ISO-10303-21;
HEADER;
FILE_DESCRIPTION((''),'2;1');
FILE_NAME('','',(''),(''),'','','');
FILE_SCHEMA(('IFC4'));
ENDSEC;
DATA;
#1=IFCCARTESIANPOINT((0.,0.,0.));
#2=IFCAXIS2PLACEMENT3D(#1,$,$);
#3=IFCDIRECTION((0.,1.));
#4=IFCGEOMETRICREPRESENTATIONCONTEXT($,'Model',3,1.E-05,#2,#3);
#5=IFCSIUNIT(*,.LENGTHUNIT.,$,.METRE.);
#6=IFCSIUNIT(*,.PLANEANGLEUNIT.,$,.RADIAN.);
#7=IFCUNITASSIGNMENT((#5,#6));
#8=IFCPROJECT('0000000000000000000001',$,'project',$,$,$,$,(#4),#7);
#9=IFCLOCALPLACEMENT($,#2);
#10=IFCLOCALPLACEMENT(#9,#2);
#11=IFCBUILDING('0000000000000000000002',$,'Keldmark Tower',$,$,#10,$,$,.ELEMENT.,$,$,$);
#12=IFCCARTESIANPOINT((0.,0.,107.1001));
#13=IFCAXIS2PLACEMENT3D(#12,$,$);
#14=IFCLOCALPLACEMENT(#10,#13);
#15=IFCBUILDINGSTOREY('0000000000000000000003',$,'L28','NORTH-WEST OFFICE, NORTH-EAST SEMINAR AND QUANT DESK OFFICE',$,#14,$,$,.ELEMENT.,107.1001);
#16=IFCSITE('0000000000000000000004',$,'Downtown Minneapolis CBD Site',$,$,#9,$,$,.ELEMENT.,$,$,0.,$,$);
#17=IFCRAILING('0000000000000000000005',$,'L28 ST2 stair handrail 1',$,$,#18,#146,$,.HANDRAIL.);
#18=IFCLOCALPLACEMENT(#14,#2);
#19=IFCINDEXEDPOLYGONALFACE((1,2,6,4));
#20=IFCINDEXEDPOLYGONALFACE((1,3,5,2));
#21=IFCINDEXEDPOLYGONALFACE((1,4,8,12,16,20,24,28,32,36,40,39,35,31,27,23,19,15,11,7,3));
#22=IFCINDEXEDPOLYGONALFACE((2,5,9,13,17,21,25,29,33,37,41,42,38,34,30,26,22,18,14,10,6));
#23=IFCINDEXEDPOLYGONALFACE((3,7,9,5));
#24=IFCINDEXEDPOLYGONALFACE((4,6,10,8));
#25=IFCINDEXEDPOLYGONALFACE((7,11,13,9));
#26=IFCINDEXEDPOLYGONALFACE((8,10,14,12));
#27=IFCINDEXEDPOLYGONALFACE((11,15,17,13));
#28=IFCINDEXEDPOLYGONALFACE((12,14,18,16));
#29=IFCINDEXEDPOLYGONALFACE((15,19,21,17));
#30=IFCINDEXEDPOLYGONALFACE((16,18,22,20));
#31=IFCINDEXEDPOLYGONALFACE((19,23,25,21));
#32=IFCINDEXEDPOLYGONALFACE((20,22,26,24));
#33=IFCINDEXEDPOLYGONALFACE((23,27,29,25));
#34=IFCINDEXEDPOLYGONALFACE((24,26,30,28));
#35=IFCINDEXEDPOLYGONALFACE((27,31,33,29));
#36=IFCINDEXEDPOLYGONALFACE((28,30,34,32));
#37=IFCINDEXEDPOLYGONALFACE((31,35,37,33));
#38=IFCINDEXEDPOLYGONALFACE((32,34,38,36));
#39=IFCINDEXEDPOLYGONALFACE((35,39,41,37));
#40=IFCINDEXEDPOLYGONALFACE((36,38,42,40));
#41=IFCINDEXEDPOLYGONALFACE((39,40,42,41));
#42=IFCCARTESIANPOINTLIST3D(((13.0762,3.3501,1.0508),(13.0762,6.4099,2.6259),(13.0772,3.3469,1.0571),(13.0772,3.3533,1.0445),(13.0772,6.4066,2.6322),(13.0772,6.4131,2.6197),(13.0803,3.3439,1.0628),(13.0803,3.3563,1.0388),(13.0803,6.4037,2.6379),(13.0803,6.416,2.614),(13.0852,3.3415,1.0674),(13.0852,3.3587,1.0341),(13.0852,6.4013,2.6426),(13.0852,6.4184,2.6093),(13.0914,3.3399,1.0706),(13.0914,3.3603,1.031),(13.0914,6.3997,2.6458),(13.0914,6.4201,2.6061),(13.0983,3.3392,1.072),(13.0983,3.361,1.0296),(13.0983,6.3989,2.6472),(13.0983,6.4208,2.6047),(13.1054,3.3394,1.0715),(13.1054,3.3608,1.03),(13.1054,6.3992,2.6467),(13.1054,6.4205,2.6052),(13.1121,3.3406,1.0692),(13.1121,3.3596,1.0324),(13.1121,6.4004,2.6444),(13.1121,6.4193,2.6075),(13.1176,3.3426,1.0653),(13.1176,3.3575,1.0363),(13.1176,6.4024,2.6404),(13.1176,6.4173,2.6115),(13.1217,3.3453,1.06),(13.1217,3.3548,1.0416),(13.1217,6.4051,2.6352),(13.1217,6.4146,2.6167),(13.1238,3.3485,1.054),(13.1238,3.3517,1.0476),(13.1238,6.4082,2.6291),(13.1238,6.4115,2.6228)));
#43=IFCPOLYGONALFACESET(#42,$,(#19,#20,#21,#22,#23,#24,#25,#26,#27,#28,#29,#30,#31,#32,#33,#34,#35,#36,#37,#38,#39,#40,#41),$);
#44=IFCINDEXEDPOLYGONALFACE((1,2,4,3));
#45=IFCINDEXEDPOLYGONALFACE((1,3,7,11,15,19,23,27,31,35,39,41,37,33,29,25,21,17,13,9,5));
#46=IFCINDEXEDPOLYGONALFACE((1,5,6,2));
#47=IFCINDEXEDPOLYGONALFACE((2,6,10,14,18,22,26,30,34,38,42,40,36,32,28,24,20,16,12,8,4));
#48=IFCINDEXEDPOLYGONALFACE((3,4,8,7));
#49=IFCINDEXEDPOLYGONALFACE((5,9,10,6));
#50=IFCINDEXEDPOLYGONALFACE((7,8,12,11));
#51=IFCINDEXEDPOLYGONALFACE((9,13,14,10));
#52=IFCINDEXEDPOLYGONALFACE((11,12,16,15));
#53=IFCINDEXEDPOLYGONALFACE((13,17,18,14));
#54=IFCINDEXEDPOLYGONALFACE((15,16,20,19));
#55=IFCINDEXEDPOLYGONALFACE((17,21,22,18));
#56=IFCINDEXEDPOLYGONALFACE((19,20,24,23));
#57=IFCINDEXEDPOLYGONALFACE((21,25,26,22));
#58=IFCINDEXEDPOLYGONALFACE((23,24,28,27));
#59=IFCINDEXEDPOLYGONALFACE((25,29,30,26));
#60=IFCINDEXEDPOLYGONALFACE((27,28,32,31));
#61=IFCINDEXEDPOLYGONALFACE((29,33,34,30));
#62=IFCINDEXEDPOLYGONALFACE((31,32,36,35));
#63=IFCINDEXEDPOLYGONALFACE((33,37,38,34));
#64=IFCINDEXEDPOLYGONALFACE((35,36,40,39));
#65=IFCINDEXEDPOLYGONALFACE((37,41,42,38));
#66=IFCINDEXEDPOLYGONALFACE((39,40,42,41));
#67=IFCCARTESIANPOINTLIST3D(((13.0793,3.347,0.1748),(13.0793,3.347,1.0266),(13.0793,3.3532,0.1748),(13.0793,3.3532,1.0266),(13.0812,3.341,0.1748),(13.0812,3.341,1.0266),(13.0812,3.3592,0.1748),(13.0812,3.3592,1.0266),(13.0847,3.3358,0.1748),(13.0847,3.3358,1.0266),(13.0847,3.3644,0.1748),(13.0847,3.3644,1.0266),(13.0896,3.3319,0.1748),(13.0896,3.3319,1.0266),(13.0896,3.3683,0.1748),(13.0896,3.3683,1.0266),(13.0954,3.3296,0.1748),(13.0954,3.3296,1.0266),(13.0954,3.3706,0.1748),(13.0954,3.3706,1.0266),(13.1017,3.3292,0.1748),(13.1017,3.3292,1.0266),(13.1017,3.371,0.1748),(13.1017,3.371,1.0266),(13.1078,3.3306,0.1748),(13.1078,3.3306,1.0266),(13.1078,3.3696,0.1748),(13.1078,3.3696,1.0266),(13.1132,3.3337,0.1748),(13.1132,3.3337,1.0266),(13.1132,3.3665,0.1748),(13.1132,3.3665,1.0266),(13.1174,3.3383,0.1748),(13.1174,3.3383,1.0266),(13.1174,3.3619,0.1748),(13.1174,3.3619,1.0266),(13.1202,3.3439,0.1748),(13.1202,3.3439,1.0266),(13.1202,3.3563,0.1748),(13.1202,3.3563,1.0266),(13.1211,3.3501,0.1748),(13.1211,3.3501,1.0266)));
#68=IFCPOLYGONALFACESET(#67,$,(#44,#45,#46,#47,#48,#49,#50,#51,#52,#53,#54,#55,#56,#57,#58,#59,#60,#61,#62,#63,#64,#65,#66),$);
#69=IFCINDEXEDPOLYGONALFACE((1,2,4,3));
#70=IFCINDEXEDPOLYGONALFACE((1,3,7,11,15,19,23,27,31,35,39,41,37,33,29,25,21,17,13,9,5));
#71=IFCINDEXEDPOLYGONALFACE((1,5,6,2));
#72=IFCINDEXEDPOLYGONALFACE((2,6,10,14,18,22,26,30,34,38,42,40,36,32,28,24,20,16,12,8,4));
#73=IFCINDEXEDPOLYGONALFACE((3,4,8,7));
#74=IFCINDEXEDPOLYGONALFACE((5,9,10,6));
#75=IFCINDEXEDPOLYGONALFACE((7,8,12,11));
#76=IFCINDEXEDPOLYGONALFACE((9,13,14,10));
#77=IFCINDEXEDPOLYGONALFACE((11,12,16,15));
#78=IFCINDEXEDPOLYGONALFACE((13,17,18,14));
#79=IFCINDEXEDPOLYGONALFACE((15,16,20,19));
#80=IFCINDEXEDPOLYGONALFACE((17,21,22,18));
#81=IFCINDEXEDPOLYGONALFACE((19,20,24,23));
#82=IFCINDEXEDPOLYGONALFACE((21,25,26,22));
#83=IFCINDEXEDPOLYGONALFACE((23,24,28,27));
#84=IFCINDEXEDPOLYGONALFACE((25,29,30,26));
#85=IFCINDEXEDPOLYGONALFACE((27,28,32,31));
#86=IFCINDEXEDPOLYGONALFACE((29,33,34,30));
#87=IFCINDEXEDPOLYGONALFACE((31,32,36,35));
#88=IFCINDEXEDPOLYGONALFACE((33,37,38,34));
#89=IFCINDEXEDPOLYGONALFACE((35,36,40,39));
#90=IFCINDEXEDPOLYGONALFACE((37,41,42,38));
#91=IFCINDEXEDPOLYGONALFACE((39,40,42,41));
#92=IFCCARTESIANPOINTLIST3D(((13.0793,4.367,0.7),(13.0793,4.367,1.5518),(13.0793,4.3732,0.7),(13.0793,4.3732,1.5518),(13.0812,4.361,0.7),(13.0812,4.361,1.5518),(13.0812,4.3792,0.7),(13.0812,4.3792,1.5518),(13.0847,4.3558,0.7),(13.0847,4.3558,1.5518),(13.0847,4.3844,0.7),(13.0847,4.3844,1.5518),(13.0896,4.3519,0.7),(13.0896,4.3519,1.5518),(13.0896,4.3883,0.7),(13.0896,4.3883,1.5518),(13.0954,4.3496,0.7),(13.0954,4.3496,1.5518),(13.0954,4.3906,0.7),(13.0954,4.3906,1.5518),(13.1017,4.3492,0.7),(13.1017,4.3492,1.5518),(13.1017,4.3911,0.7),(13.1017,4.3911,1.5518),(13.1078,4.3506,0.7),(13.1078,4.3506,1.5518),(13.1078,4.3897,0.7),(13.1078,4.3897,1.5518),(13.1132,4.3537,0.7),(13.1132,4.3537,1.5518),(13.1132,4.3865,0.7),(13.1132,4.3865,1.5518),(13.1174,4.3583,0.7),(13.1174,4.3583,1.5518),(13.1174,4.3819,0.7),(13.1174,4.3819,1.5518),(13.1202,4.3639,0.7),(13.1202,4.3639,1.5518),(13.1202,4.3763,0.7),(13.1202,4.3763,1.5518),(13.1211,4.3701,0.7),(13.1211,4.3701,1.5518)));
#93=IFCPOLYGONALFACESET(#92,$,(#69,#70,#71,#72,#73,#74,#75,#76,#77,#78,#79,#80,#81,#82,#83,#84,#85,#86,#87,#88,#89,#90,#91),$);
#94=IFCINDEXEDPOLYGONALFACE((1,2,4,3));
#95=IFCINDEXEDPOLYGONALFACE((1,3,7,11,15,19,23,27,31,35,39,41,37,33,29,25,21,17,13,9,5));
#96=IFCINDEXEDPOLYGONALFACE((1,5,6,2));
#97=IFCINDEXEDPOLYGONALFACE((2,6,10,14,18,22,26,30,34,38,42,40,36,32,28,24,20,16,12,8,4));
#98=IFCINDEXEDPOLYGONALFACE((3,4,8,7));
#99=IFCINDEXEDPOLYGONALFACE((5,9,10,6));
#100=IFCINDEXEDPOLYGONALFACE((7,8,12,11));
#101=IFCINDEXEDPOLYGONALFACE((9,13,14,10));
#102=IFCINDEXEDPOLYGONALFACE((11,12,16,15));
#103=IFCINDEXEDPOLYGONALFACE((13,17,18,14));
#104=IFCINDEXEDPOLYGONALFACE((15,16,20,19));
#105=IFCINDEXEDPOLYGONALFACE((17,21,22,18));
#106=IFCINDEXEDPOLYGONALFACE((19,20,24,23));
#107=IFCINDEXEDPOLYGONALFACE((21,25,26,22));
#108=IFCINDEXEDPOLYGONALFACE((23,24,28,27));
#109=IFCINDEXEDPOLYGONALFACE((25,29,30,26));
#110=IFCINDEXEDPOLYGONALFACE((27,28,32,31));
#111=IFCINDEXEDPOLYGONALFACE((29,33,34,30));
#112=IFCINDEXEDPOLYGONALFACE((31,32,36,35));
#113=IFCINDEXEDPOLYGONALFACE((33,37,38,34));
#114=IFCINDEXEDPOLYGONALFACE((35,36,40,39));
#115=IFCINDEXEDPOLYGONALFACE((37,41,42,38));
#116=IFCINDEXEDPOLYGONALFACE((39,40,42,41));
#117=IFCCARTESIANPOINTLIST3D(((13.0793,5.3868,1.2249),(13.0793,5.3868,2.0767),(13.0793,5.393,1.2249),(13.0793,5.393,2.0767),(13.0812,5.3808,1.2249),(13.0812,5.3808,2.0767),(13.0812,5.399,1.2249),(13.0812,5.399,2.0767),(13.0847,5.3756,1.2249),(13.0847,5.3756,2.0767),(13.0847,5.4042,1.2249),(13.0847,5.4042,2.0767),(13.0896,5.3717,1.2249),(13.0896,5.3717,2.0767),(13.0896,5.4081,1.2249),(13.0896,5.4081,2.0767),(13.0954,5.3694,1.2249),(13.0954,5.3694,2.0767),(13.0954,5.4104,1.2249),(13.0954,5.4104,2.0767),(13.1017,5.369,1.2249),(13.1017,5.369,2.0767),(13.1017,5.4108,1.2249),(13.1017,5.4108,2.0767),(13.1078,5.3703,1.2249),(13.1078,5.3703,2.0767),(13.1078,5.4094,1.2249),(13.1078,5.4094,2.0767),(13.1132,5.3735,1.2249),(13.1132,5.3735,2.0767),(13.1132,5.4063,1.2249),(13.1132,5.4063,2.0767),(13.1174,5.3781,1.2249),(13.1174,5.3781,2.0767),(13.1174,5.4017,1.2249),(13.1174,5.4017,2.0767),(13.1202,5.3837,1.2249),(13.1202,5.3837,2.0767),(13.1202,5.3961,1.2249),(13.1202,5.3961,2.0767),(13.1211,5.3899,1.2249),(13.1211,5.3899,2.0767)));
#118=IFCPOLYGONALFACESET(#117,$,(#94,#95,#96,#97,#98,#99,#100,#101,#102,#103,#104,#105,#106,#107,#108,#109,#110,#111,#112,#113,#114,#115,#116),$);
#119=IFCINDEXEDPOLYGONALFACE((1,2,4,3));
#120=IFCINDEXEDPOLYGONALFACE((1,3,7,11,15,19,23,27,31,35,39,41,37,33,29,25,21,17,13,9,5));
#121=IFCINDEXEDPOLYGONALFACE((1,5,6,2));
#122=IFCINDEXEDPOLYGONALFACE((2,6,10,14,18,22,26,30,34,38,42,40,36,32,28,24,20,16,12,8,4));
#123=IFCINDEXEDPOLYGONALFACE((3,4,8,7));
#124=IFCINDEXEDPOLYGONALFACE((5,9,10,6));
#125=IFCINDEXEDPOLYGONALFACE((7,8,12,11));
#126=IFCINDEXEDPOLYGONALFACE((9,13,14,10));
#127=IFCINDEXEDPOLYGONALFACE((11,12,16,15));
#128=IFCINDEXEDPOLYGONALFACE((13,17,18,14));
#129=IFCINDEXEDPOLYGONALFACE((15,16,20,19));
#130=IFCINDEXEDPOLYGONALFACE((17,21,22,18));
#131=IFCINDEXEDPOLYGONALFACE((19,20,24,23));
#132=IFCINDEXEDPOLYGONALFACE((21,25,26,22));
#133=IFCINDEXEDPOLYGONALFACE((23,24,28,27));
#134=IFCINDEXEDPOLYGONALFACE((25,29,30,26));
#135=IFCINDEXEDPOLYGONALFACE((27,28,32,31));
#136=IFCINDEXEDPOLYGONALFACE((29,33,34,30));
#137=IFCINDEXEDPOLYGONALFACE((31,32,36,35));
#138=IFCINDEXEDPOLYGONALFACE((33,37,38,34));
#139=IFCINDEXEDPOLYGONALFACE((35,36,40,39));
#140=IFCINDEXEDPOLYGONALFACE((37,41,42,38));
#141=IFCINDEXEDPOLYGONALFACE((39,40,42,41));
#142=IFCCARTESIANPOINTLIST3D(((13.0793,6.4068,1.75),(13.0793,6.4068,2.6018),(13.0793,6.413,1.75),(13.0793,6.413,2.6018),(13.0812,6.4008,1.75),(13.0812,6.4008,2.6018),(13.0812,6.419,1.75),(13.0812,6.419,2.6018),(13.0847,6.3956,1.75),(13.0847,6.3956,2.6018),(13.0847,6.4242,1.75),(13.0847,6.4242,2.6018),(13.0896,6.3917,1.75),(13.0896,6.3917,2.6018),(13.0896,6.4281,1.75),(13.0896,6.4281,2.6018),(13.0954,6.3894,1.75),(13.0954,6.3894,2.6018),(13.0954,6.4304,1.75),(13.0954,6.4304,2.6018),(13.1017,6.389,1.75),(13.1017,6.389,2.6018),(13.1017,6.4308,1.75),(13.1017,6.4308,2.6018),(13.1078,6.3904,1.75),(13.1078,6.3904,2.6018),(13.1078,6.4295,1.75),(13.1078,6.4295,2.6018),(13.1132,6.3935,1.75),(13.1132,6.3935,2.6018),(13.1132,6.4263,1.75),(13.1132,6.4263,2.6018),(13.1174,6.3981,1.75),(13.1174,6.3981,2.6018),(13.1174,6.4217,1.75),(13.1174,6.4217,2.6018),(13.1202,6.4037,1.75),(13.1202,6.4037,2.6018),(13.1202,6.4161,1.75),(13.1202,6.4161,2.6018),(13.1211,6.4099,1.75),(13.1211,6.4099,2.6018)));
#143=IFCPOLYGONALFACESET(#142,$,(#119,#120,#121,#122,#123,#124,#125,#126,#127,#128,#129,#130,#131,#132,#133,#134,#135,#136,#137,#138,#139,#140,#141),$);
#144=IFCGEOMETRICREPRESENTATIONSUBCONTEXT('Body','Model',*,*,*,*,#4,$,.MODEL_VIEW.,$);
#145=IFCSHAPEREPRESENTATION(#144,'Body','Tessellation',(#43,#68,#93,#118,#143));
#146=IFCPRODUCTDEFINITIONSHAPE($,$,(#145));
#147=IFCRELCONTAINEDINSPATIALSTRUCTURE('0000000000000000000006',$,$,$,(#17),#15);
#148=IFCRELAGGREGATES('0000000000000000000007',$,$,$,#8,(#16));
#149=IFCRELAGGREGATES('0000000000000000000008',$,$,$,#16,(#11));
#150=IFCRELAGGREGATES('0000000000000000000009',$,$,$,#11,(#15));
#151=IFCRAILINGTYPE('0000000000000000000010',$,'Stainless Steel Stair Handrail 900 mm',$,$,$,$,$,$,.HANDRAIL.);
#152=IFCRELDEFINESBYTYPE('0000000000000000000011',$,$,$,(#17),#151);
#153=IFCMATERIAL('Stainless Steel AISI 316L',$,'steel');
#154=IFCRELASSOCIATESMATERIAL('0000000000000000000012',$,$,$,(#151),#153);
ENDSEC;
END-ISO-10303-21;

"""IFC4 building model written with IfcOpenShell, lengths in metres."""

from ifc_helpers import new_model, si_unit, direction, frame, origin, origin_2d, place, context, subcontext, project, spatial, circle, extrude, material, type_object, element, save


model = new_model("IFC4")

# Units and contexts
model_context = context("Model", 3, precision=1e-05, world=origin(), true_north=direction((0.0, 1.0)))
body_context = subcontext(model_context, "Body", "Model", "MODEL_VIEW")
ifc_project = project(units=[si_unit("LENGTHUNIT", "METRE"), si_unit("PLANEANGLEUNIT", "RADIAN")], contexts=[model_context])

# Site, building, storey
site_placement = place(None, origin())
site = spatial("IfcSite", under=ifc_project, at=site_placement, Name="Downtown Minneapolis CBD Site", CompositionType="ELEMENT", RefElevation=0.0)
building_placement = place(site_placement, origin())
building = spatial("IfcBuilding", under=site, at=building_placement, Name="Keldmark Tower", CompositionType="ELEMENT")
storey_placement = place(building_placement, frame((0.0, 0.0, 107.1001)))
storey = spatial("IfcBuildingStorey", under=building, at=storey_placement, Name="L28", Description="NORTH-WEST OFFICE, NORTH-EAST SEMINAR AND QUANT DESK OFFICE", CompositionType="ELEMENT", Elevation=107.1001)

# Railing
ifc_material_1 = material(Name="Stainless Steel AISI 316L", Category="steel")
railing_type = type_object("IfcRailingType", Name="Stainless Steel Stair Handrail 900 mm", PredefinedType="HANDRAIL", material=ifc_material_1)
railing_placement = place(storey_placement, frame((13.1001, 3.3501, 0.1748)))
element("IfcRailing", 1, at=railing_placement, inside=storey, type_object=railing_type, Name="L28 ST2 stair handrail 1", PredefinedType="HANDRAIL", context=body_context, shape_type="SweptSolid", body=[
    extrude(circle(Radius=0.0239, at=origin_2d()), frame((0.0, 0.0, 0.876), z_axis=(0.0, 0.889101, 0.45771), x_axis=(-1.0, 0.0, 0.0)), (0.0, 0.0, 1.0), 3.4414),
    extrude(circle(Radius=0.021, at=origin_2d()), origin(), (0.0, 0.0, 1.0), 0.8518),
    extrude(circle(Radius=0.021, at=origin_2d()), frame((0.0, 1.02, 0.5251)), (0.0, 0.0, 1.0), 0.8518),
    extrude(circle(Radius=0.021, at=origin_2d()), frame((0.0, 2.0398, 1.05)), (0.0, 0.0, 1.0), 0.8518),
    extrude(circle(Radius=0.021, at=origin_2d()), frame((0.0, 3.0598, 1.5752)), (0.0, 0.0, 1.0), 0.8518),
])

save(model, "model.ifc")
